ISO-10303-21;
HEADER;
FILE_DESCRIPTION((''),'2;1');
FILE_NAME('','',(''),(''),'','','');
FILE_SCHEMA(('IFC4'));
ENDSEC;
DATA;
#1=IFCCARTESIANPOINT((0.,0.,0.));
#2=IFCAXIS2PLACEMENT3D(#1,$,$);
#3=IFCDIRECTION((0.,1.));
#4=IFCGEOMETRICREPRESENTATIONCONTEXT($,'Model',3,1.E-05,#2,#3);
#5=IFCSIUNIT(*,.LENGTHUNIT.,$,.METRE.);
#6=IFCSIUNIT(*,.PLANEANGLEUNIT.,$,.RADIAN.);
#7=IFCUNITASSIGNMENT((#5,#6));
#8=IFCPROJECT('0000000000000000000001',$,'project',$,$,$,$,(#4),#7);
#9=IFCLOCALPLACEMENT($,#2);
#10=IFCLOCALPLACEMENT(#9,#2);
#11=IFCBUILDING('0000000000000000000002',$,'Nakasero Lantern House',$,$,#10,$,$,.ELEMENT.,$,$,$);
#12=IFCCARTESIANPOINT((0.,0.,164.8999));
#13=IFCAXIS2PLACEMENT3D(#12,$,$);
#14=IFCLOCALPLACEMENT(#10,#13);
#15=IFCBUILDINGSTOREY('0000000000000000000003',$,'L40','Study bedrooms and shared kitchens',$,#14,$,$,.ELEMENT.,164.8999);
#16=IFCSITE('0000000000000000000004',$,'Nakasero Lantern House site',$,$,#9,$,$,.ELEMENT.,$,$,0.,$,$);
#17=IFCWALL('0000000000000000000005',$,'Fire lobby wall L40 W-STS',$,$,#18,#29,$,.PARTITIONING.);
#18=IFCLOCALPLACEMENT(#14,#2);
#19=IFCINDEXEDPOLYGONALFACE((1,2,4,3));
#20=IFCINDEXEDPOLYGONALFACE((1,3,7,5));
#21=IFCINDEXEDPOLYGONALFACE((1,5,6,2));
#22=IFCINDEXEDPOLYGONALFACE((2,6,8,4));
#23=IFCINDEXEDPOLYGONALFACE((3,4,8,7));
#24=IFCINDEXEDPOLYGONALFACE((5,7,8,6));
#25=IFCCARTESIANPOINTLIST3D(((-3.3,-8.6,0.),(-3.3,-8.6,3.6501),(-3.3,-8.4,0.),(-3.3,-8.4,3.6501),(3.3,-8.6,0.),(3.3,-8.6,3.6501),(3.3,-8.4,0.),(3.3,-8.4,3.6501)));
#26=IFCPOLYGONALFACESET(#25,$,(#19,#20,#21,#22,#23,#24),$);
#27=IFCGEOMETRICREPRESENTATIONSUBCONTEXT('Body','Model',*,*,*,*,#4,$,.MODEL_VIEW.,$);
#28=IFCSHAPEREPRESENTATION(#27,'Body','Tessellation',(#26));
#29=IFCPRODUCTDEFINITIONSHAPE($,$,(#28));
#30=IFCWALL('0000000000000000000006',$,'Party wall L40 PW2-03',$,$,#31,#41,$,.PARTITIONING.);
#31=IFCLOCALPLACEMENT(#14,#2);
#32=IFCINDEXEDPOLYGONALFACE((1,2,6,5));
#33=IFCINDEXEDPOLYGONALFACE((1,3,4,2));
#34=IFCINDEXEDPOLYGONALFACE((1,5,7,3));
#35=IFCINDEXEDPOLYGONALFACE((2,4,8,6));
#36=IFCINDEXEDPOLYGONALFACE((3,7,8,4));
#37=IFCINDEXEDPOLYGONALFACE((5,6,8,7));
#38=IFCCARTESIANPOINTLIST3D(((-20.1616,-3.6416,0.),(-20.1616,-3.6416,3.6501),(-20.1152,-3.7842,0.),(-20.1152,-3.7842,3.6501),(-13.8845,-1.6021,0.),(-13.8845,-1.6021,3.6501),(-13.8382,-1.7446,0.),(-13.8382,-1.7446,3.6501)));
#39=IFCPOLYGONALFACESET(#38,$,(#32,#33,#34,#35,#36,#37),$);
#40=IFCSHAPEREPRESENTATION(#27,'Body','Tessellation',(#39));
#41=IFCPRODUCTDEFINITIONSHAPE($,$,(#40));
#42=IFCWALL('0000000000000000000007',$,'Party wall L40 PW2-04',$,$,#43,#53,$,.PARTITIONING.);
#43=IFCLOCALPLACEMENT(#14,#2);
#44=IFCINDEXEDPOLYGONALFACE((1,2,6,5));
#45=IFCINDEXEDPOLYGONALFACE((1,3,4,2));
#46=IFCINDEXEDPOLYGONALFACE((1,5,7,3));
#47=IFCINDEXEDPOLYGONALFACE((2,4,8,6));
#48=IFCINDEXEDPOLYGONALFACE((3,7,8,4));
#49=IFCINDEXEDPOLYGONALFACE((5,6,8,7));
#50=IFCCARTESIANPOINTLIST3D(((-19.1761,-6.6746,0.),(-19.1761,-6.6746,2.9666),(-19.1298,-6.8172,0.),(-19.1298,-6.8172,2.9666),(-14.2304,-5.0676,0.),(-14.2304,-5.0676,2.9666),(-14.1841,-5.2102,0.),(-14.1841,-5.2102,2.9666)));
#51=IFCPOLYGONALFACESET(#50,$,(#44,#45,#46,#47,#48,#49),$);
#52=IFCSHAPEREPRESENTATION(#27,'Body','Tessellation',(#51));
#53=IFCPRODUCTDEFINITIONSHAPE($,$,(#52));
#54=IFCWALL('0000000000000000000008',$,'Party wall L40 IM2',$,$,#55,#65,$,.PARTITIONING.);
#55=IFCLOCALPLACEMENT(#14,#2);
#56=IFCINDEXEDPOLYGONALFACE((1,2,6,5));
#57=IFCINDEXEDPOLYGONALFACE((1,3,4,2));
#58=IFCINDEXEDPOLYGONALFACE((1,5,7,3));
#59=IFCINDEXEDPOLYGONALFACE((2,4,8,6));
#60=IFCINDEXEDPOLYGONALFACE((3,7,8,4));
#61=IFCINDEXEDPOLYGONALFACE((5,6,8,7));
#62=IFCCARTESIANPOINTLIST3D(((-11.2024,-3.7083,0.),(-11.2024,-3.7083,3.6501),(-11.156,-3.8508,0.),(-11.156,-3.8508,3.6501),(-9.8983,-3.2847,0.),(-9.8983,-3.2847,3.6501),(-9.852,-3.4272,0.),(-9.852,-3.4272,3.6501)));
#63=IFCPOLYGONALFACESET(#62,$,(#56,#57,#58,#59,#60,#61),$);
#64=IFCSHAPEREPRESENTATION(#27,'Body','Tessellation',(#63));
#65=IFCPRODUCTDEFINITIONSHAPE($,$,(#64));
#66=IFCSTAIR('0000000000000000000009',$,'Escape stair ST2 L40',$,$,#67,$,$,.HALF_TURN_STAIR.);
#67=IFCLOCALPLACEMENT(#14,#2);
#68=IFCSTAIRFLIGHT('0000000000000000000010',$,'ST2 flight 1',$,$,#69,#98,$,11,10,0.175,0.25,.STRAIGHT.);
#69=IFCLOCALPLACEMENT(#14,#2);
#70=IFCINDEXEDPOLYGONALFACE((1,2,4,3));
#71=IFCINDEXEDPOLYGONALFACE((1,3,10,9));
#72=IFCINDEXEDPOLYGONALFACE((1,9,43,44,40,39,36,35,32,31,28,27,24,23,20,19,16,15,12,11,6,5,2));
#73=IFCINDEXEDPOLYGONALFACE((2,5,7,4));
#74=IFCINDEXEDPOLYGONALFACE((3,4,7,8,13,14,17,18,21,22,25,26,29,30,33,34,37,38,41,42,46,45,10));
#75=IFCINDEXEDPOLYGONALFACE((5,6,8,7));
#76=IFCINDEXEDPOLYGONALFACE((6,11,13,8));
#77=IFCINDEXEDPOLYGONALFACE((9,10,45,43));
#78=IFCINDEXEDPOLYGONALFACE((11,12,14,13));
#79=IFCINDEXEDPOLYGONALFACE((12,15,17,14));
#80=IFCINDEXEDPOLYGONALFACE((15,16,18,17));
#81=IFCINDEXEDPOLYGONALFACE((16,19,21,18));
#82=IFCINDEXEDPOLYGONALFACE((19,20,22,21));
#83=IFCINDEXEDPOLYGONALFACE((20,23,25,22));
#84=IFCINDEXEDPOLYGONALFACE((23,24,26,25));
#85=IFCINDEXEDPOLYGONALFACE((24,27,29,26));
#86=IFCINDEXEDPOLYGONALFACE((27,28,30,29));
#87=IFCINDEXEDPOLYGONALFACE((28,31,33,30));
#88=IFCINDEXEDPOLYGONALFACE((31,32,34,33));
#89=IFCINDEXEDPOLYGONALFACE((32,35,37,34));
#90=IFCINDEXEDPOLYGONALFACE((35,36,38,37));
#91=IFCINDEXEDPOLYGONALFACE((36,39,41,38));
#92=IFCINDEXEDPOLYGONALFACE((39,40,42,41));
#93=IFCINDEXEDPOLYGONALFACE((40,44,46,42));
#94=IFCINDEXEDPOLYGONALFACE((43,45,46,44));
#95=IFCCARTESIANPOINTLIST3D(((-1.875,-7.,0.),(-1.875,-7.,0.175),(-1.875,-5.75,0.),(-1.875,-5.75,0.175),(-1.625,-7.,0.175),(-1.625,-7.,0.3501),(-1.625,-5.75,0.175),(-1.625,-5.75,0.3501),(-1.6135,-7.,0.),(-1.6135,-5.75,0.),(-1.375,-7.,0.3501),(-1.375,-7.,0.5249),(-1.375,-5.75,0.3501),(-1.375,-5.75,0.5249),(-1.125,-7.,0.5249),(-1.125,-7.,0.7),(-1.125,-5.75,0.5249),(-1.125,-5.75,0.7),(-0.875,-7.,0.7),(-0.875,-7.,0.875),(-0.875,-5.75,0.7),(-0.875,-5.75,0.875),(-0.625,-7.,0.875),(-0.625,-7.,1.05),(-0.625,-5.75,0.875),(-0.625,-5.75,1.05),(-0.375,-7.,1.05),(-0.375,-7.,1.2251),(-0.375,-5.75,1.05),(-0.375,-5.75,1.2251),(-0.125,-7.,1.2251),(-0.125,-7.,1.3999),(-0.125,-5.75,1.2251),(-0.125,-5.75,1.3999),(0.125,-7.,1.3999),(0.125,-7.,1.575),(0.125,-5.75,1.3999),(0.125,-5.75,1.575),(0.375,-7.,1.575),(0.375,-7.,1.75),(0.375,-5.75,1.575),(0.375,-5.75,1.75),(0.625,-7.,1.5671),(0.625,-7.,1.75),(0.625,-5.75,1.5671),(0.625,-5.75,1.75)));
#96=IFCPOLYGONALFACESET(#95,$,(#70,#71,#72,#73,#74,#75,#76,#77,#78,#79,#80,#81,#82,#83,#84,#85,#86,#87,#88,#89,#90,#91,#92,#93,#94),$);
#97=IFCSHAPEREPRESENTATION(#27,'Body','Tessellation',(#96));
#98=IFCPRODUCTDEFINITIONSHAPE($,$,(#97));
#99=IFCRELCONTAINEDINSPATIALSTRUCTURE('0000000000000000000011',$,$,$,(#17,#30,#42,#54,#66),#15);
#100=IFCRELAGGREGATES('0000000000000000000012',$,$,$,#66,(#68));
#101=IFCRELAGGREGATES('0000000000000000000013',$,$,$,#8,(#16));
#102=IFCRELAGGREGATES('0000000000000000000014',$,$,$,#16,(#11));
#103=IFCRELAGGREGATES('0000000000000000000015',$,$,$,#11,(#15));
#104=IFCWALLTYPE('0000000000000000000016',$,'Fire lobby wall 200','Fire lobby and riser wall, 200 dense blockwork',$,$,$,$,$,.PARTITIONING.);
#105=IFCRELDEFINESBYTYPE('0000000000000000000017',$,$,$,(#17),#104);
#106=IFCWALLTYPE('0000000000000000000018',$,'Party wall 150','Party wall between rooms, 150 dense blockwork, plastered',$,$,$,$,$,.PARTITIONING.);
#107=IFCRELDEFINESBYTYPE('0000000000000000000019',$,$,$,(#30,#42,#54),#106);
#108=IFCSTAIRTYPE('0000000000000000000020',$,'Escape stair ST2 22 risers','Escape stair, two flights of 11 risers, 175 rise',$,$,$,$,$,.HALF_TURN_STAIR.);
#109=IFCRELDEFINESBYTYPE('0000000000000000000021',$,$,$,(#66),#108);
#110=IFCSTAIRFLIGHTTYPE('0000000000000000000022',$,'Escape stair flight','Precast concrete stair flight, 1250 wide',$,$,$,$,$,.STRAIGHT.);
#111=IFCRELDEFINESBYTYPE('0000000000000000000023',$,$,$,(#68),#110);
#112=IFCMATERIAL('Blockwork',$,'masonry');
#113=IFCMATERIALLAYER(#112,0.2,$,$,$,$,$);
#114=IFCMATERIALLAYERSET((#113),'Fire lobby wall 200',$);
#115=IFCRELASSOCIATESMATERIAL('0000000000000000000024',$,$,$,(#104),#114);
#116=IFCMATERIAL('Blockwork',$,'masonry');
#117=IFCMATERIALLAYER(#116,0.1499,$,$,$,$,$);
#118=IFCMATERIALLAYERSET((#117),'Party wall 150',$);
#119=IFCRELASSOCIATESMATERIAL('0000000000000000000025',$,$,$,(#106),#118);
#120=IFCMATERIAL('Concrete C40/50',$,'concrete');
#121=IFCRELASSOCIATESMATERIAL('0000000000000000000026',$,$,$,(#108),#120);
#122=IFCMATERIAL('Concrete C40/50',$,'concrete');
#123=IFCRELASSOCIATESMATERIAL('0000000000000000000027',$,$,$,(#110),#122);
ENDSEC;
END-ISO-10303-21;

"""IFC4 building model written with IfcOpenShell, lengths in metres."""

from ifc_helpers import new_model, si_unit, direction, frame, frame_2d, origin, place, context, subcontext, project, spatial, polyline, rectangle, outline, extrude, material, layer, layer_set, type_object, element, aggregate, save


model = new_model("IFC4")

# Units and contexts
model_context = context("Model", 3, precision=1e-05, world=origin(), true_north=direction((0.0, 1.0)))
body_context = subcontext(model_context, "Body", "Model", "MODEL_VIEW")
ifc_project = project(units=[si_unit("LENGTHUNIT", "METRE"), si_unit("PLANEANGLEUNIT", "RADIAN")], contexts=[model_context])

# Site, building, storey
site_placement = place(None, origin())
site = spatial("IfcSite", under=ifc_project, at=site_placement, Name="Nakasero Lantern House site", CompositionType="ELEMENT", RefElevation=0.0)
building_placement = place(site_placement, origin())
building = spatial("IfcBuilding", under=site, at=building_placement, Name="Nakasero Lantern House", CompositionType="ELEMENT")
storey_placement = place(building_placement, frame((0.0, 0.0, 164.8999)))
storey = spatial("IfcBuildingStorey", under=building, at=storey_placement, Name="L40", Description="Study bedrooms and shared kitchens", CompositionType="ELEMENT", Elevation=164.8999)

# Shared definitions
ifc_material_1 = material(Name="Blockwork", Category="masonry")
ifc_layer_1 = layer(ifc_material_1, 0.2)
ifc_layer_set_1 = layer_set([ifc_layer_1], Name="Fire lobby wall 200")
wall_type_1 = type_object("IfcWallType", Name="Fire lobby wall 200", Description="Fire lobby and riser wall, 200 dense blockwork", PredefinedType="PARTITIONING", material=ifc_layer_set_1)

# Walls
wall_1_placement = place(storey_placement, frame((-3.3, -8.5, 0.0), z_axis=(0.0, 0.0, 1.0), x_axis=(1.0, 0.0, 0.0)))
element("IfcWall", 1, at=wall_1_placement, inside=storey, type_object=wall_type_1, Name="Fire lobby wall L40 W-STS", PredefinedType="PARTITIONING", context=body_context, shape_type="SweptSolid", body=[
    extrude(rectangle(XDim=6.6001, YDim=0.2, at=frame_2d((3.3, 0.0))), origin(), (0.0, 0.0, 1.0), 3.6501),
])
ifc_material_2 = material(Name="Blockwork", Category="masonry")
ifc_layer_2 = layer(ifc_material_2, 0.1499)
ifc_layer_set_2 = layer_set([ifc_layer_2], Name="Party wall 150")
wall_type_2 = type_object("IfcWallType", Name="Party wall 150", Description="Party wall between rooms, 150 dense blockwork, plastered", PredefinedType="PARTITIONING", material=ifc_layer_set_2)
wall_2_placement = place(storey_placement, frame((-13.8613, -1.6733, 0.0), z_axis=(0.0, 0.0, 1.0), x_axis=(-0.951057, -0.309017, 0.0)))
element("IfcWall", 2, at=wall_2_placement, inside=storey, type_object=wall_type_2, Name="Party wall L40 PW2-03", PredefinedType="PARTITIONING", context=body_context, shape_type="SweptSolid", body=[
    extrude(rectangle(XDim=6.6001, YDim=0.1499, at=frame_2d((3.3, 0.0))), origin(), (0.0, 0.0, 1.0), 3.6501),
])
wall_3_placement = place(storey_placement, frame((-14.2073, -5.1389, 0.0), z_axis=(0.0, 0.0, 1.0), x_axis=(-0.951055, -0.309021, 0.0)))
element("IfcWall", 3, at=wall_3_placement, inside=storey, type_object=wall_type_2, Name="Party wall L40 PW2-04", PredefinedType="PARTITIONING", context=body_context, shape_type="SweptSolid", body=[
    extrude(rectangle(XDim=5.2002, YDim=0.1499, at=frame_2d((2.6001, 0.0))), origin(), (0.0, 0.0, 1.0), 2.9666),
])
wall_4_placement = place(storey_placement, frame((-11.1792, -3.7795, 0.0), z_axis=(0.0, 0.0, 1.0), x_axis=(0.951077, 0.308953, 0.0)))
element("IfcWall", 4, at=wall_4_placement, inside=storey, type_object=wall_type_2, Name="Party wall L40 IM2", PredefinedType="PARTITIONING", context=body_context, shape_type="SweptSolid", body=[
    extrude(rectangle(XDim=1.3711, YDim=0.1499, at=frame_2d((0.6855, 0.0))), origin(), (0.0, 0.0, 1.0), 3.6501),
])

# Stair, stair flight
ifc_material_3 = material(Name="Concrete C40/50", Category="concrete")
stair_type = type_object("IfcStairType", Name="Escape stair ST2 22 risers", Description="Escape stair, two flights of 11 risers, 175 rise", PredefinedType="HALF_TURN_STAIR", material=ifc_material_3)
stair_placement = place(storey_placement, origin())
stair = element("IfcStair", 5, at=stair_placement, inside=storey, type_object=stair_type, Name="Escape stair ST2 L40", PredefinedType="HALF_TURN_STAIR")
ifc_material_4 = material(Name="Concrete C40/50", Category="concrete")
stair_flight_type = type_object("IfcStairFlightType", Name="Escape stair flight", Description="Precast concrete stair flight, 1250 wide", PredefinedType="STRAIGHT", material=ifc_material_4)
stair_flight_placement = place(storey_placement, frame((-1.875, -6.375, 0.0), z_axis=(0.0, 0.0, 1.0), x_axis=(1.0, 0.0, 0.0)))
stair_flight = element("IfcStairFlight", 6, at=stair_flight_placement, type_object=stair_flight_type, Name="ST2 flight 1", NumberOfRisers=11, NumberOfTreads=10, PredefinedType="STRAIGHT", RiserHeight=0.175, TreadLength=0.25, context=body_context, shape_type="SweptSolid", body=[
    extrude(outline(polyline([(0.0, 0.0), (0.0, 0.175), (0.25, 0.175), (0.25, 0.3501), (0.5, 0.3501), (0.5, 0.5249), (0.75, 0.5249), (0.75, 0.7), (1.0, 0.7), (1.0, 0.875), (1.25, 0.875), (1.25, 1.05), (1.5, 1.05), (1.5, 1.2251), (1.75, 1.2251), (1.75, 1.3999), (2.0, 1.3999), (2.0, 1.575), (2.25, 1.575), (2.25, 1.75), (2.5, 1.75), (2.5, 1.925), (2.5, 1.5671), (0.2615, 0.0), (0.0, 0.0)])), frame((0.0, 0.625, 0.0), z_axis=(0.0, -1.0, 0.0), x_axis=(1.0, 0.0, 0.0)), (0.0, 0.0, 1.0), 1.25),
])
aggregate(stair, [stair_flight])

save(model, "model.ifc")
